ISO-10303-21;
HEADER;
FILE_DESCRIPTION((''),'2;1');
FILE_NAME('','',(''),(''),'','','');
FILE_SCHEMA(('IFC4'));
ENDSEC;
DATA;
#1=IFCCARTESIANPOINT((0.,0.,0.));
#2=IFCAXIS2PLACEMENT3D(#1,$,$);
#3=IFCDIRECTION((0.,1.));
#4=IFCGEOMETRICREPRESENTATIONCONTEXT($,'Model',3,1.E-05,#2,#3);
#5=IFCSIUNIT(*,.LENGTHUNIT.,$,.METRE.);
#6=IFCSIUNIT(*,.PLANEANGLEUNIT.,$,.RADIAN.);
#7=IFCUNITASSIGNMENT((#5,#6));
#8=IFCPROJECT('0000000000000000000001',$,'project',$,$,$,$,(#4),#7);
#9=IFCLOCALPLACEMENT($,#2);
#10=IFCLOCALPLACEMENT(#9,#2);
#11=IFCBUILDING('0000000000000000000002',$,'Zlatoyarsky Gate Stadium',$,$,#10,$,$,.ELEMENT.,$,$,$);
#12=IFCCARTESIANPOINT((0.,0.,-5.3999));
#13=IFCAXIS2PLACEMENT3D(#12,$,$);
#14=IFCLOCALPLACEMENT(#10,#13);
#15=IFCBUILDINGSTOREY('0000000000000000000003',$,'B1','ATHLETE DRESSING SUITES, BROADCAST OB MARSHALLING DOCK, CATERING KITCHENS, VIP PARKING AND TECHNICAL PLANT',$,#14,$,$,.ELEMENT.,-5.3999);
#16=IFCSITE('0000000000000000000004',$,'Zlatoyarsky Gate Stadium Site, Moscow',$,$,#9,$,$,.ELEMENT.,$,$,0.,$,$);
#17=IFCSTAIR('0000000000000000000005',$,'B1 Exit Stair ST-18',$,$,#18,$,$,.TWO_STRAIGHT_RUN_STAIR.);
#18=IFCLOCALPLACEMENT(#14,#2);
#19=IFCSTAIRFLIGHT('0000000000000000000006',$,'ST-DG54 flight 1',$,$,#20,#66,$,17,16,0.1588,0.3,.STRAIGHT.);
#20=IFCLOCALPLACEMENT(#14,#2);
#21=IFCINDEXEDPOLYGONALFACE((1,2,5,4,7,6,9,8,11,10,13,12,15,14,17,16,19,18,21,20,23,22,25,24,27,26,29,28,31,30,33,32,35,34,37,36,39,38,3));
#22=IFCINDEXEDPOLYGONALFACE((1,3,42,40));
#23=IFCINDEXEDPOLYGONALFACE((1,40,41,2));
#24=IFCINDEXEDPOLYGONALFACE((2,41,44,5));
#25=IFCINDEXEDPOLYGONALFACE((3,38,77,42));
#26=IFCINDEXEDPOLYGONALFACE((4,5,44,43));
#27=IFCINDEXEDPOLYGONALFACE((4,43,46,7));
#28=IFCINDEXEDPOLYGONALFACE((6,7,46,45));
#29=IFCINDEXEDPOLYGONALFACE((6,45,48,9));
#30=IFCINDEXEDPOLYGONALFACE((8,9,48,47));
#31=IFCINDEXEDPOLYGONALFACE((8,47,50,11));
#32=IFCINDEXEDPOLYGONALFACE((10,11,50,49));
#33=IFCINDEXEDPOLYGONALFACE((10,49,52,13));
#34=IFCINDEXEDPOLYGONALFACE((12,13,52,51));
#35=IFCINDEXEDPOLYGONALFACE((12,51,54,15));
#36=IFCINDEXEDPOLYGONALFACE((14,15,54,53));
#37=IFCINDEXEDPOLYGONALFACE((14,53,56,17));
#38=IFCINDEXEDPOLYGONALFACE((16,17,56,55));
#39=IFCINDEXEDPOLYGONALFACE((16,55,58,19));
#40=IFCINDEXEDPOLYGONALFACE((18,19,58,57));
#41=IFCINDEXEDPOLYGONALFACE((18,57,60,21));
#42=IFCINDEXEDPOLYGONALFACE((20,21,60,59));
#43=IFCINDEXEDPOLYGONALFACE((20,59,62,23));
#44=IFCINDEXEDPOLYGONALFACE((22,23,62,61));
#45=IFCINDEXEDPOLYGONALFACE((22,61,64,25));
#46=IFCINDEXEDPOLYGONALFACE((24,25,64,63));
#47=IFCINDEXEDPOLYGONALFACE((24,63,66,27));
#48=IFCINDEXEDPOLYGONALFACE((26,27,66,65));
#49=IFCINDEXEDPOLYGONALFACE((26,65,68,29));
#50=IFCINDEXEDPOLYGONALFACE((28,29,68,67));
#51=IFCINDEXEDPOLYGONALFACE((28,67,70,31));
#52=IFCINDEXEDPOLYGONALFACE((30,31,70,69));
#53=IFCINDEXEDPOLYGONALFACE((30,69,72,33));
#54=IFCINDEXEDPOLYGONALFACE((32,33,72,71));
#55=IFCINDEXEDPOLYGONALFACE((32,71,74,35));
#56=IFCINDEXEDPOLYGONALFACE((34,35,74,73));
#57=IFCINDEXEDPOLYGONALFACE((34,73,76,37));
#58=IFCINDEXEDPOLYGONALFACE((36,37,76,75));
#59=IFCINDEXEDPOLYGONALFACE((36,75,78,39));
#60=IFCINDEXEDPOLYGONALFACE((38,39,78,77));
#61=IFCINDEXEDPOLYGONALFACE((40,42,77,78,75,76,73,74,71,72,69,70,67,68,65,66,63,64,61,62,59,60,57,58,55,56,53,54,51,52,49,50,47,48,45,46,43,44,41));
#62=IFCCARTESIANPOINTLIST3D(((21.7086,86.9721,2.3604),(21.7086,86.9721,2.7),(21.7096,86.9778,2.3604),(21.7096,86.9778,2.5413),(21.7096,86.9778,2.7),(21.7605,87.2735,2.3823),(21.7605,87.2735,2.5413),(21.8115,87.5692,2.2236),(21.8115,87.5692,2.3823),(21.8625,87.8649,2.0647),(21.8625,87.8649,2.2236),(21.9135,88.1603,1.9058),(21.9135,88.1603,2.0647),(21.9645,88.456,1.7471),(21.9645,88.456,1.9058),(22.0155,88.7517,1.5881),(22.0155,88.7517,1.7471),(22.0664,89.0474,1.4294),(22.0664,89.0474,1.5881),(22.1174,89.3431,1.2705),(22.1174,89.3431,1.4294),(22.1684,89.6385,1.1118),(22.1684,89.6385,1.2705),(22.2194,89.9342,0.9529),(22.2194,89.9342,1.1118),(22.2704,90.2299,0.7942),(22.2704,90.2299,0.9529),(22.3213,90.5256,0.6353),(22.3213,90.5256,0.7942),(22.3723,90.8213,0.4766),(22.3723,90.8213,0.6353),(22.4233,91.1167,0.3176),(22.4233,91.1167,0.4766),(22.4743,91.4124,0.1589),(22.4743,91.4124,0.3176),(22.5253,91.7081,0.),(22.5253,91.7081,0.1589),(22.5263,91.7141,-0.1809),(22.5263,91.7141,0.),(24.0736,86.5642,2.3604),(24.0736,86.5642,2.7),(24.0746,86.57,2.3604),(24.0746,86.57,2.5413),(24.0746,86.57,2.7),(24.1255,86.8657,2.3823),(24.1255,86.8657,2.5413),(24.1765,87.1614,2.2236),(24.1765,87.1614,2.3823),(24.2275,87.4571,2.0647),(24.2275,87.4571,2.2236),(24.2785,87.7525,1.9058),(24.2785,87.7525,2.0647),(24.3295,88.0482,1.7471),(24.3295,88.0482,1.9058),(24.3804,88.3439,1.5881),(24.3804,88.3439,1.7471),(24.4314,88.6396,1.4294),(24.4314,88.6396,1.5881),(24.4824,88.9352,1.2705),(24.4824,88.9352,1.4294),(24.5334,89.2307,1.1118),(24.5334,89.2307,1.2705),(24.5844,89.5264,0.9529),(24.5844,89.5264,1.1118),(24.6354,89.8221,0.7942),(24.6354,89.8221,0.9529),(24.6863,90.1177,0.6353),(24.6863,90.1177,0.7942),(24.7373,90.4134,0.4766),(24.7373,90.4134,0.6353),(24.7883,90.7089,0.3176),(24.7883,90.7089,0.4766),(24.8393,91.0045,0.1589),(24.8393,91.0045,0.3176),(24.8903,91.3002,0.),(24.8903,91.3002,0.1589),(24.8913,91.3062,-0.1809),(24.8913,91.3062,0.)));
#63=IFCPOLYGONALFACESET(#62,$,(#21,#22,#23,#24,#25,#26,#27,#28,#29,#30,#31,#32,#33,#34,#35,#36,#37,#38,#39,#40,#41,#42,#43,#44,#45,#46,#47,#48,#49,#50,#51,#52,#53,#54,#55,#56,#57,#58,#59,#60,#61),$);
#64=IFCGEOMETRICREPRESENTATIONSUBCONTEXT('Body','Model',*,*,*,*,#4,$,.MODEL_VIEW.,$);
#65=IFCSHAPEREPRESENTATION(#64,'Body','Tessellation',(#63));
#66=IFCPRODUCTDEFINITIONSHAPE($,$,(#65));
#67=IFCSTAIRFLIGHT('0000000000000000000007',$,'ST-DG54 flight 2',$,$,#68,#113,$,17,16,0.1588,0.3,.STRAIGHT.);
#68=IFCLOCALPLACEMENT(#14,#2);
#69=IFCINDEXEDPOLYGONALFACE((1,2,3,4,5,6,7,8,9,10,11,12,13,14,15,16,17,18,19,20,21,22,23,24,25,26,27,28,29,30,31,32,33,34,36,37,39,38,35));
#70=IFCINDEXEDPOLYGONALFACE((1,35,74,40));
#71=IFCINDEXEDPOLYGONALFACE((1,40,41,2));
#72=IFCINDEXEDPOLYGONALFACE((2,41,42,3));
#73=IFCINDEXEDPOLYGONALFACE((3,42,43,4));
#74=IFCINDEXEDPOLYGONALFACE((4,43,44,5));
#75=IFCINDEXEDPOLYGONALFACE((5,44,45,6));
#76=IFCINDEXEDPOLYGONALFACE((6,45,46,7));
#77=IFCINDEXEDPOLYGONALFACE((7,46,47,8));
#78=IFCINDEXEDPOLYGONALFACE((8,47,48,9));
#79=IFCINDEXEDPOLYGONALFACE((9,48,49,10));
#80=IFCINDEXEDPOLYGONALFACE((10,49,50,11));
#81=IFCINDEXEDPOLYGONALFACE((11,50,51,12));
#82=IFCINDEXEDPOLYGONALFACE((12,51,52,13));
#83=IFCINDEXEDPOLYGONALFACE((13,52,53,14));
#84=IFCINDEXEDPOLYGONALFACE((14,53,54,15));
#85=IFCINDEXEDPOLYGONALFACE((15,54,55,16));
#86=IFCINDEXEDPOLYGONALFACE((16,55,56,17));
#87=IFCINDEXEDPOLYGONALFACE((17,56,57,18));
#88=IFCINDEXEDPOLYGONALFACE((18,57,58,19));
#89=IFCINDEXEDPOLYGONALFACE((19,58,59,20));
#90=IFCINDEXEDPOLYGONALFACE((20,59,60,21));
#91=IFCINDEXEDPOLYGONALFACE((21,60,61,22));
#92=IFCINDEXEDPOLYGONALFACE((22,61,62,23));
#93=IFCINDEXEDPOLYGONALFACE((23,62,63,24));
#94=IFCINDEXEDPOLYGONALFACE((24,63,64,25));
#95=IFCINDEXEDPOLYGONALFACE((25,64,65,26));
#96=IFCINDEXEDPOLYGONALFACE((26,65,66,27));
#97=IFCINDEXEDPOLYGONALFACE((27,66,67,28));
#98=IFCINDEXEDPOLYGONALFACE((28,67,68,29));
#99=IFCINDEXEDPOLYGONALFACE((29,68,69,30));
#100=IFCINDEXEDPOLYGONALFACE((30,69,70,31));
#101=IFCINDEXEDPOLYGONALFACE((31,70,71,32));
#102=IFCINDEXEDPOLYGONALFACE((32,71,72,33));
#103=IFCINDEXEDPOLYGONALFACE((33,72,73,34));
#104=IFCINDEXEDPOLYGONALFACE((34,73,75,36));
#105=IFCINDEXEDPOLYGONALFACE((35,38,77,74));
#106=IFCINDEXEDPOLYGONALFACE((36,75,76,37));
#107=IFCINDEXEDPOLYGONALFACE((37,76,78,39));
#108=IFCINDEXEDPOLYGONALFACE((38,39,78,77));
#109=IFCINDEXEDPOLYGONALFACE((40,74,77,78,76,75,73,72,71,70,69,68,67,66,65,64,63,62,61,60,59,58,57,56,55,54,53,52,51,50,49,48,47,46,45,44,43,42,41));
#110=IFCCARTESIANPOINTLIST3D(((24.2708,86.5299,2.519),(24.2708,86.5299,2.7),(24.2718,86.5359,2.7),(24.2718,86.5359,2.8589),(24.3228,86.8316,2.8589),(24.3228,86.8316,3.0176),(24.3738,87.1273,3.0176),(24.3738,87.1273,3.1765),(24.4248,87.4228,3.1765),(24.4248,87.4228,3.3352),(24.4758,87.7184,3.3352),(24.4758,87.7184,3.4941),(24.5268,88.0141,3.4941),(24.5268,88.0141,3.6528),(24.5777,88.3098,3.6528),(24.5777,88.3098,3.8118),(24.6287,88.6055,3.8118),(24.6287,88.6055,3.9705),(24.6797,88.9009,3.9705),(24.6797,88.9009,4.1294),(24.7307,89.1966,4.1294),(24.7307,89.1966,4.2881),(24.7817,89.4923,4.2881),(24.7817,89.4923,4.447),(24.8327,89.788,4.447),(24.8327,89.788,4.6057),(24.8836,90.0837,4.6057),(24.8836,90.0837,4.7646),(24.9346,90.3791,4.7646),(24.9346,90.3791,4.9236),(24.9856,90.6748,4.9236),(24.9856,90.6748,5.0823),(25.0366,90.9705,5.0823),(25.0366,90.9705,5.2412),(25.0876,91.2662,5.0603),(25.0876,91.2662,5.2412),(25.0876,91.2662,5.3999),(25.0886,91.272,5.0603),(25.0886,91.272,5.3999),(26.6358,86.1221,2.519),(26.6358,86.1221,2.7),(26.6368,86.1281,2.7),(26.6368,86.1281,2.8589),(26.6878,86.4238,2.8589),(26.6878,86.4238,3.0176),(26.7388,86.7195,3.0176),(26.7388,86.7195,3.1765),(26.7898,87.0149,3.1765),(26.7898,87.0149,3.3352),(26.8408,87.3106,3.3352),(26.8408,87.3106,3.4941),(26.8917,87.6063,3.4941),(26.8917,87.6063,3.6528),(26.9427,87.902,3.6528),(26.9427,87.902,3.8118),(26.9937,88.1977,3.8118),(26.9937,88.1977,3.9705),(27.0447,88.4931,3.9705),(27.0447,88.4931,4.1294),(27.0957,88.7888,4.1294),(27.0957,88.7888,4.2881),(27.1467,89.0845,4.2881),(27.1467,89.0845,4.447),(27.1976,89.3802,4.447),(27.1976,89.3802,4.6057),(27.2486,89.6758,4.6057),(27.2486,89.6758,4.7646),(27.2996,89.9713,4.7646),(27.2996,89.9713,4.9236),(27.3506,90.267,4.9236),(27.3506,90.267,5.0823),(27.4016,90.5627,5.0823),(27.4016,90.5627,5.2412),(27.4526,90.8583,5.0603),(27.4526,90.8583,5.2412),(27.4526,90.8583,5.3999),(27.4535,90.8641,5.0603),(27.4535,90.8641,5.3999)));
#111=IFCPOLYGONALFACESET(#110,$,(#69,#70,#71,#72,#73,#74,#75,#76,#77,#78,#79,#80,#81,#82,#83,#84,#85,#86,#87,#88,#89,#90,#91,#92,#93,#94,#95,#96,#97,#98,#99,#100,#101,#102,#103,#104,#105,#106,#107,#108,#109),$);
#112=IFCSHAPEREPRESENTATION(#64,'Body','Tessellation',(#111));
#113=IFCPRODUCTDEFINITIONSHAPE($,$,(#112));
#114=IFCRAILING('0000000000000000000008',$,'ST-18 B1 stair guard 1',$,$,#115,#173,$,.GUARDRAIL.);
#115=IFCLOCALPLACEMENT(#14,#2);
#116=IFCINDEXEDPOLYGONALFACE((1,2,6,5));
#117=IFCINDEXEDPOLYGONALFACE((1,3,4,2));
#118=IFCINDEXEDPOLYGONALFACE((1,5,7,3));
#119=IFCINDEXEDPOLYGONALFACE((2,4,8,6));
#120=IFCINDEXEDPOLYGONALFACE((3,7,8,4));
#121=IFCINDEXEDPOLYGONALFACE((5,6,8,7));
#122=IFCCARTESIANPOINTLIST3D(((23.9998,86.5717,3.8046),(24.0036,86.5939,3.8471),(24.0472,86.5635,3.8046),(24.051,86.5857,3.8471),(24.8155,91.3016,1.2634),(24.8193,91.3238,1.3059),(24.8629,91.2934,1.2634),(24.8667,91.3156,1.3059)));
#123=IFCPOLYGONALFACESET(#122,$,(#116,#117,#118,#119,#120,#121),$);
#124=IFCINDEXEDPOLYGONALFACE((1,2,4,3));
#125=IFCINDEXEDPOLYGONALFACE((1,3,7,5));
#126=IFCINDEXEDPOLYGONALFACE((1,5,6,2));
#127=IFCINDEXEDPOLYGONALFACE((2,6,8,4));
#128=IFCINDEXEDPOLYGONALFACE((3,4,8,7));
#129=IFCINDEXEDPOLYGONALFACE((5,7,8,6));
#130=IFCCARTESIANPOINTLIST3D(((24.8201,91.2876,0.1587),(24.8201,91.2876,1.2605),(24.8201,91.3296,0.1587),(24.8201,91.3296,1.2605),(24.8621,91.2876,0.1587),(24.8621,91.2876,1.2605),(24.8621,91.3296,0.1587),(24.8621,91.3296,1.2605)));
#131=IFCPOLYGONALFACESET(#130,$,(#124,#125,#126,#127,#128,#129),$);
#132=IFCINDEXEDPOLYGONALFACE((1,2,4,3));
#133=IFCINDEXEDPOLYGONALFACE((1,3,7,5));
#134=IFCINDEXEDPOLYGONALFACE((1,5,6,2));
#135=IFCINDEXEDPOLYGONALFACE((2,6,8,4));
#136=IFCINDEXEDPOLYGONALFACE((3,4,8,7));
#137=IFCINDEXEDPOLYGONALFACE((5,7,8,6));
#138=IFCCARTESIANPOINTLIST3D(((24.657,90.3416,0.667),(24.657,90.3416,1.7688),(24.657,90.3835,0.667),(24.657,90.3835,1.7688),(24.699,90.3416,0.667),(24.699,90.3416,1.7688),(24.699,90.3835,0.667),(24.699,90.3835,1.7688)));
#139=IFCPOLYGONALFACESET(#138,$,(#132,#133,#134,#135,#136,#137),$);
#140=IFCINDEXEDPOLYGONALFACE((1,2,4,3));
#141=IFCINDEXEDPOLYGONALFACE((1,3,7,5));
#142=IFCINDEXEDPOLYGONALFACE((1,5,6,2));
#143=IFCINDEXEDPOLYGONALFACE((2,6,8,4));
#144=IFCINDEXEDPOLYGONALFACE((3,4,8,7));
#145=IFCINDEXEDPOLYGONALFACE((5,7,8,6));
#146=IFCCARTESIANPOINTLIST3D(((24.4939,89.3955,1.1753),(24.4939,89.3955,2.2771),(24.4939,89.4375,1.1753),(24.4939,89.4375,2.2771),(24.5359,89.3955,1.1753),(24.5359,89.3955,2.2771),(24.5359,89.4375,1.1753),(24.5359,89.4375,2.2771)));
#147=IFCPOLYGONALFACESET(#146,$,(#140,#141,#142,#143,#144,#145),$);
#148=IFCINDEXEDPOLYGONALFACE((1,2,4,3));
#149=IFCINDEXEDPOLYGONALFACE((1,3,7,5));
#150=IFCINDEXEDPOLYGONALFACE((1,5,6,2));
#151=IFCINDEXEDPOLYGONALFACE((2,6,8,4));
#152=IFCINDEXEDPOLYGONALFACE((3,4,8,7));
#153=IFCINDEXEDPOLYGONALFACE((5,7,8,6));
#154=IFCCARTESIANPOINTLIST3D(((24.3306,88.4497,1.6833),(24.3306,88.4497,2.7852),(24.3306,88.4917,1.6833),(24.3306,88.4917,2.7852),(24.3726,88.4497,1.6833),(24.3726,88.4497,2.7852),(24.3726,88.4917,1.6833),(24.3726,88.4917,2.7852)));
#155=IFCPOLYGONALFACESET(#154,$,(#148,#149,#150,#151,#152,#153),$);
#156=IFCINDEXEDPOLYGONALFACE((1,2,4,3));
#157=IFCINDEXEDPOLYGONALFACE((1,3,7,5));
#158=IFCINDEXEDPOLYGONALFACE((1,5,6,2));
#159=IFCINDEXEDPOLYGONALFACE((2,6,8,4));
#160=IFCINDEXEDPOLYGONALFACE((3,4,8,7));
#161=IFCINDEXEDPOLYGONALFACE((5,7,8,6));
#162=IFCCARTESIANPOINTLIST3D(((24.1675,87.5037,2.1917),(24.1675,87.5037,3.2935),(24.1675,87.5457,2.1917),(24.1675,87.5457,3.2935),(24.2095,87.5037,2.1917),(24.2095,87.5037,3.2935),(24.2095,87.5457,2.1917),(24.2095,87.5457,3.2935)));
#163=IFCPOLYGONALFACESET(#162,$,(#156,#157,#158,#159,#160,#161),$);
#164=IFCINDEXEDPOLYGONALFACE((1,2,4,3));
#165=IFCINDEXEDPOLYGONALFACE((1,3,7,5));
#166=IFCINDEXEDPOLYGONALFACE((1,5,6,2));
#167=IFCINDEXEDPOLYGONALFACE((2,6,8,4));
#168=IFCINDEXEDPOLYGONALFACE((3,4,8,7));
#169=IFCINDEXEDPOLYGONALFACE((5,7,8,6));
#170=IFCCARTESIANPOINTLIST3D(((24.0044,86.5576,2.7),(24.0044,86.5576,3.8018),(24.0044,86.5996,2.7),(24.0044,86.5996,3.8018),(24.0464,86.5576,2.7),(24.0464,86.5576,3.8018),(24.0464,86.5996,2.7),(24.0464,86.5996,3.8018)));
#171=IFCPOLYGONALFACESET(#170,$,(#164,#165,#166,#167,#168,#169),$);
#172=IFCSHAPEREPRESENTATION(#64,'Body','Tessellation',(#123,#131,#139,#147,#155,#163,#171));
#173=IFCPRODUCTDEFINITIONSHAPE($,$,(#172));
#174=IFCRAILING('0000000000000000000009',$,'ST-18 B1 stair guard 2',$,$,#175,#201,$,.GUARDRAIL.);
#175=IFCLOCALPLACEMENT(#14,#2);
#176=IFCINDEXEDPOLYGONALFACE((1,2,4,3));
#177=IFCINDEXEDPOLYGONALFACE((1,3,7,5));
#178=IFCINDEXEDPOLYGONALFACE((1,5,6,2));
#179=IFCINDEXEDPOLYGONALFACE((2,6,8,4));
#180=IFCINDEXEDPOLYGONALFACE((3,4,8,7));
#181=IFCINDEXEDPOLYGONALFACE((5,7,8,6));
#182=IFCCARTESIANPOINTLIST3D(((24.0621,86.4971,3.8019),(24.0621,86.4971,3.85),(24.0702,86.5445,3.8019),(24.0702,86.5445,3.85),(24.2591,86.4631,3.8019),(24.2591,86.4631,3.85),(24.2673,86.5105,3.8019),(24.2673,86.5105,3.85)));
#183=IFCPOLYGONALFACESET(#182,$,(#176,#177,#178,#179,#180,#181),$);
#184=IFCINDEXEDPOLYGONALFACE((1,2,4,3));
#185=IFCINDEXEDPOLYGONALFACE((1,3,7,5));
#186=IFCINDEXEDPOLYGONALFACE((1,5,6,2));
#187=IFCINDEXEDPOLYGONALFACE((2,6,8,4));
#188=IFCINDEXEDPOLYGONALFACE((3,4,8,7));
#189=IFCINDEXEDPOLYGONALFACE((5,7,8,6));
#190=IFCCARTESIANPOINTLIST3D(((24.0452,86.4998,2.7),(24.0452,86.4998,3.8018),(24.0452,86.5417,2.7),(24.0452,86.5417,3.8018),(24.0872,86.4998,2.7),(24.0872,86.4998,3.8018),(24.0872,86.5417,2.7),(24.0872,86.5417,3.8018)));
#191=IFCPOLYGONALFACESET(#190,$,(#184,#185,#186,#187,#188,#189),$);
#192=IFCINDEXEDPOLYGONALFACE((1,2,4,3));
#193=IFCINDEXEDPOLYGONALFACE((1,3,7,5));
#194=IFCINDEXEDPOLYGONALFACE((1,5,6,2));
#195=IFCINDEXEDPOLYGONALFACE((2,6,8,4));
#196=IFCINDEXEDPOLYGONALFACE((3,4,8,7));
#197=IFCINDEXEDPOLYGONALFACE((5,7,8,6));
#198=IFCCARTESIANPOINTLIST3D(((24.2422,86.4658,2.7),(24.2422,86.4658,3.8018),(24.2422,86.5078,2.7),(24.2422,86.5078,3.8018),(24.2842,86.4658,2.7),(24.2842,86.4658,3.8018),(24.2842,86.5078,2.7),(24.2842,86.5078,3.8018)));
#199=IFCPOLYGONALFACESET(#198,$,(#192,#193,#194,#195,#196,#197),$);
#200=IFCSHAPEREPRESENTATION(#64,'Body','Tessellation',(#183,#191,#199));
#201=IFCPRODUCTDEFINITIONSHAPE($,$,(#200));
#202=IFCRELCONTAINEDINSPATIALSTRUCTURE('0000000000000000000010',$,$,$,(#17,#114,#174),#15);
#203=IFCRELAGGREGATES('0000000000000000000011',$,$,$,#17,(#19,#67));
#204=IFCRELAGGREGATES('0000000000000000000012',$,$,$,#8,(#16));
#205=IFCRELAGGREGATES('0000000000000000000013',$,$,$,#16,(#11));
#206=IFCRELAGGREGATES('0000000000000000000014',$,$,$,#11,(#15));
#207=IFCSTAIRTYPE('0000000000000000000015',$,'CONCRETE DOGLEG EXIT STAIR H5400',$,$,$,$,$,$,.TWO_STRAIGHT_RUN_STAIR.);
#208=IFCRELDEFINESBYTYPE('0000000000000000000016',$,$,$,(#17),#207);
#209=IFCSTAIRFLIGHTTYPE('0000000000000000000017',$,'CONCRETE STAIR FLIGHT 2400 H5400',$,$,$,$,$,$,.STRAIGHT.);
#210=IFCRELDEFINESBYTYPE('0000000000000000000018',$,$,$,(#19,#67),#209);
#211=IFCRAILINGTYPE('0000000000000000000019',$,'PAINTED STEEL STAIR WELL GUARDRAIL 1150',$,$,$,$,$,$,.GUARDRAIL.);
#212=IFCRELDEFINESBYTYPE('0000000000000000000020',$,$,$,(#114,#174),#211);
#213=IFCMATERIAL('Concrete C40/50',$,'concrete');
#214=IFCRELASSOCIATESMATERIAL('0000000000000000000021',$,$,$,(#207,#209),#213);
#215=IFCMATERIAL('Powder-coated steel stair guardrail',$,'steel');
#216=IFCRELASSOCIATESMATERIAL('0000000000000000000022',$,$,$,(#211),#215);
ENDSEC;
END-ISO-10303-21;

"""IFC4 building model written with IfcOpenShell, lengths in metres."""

from ifc_helpers import new_model, si_unit, direction, frame, origin, origin_2d, place, context, subcontext, project, spatial, polyline, rectangle, outline, extrude, material, type_object, element, aggregate, save


model = new_model("IFC4")

# Units and contexts
model_context = context("Model", 3, precision=1e-05, world=origin(), true_north=direction((0.0, 1.0)))
body_context = subcontext(model_context, "Body", "Model", "MODEL_VIEW")
ifc_project = project(units=[si_unit("LENGTHUNIT", "METRE"), si_unit("PLANEANGLEUNIT", "RADIAN")], contexts=[model_context])

# Site, building, storey
site_placement = place(None, origin())
site = spatial("IfcSite", under=ifc_project, at=site_placement, Name="Zlatoyarsky Gate Stadium Site, Moscow", CompositionType="ELEMENT", RefElevation=0.0)
building_placement = place(site_placement, origin())
building = spatial("IfcBuilding", under=site, at=building_placement, Name="Zlatoyarsky Gate Stadium", CompositionType="ELEMENT")
storey_placement = place(building_placement, frame((0.0, 0.0, -5.3999)))
storey = spatial("IfcBuildingStorey", under=building, at=storey_placement, Name="B1", Description="ATHLETE DRESSING SUITES, BROADCAST OB MARSHALLING DOCK, CATERING KITCHENS, VIP PARKING AND TECHNICAL PLANT", CompositionType="ELEMENT", Elevation=-5.3999)

# Shared definitions
ifc_material_1 = material(Name="Concrete C40/50", Category="concrete")

# Stair, stair flights
stair_type = type_object("IfcStairType", Name="CONCRETE DOGLEG EXIT STAIR H5400", PredefinedType="TWO_STRAIGHT_RUN_STAIR", material=ifc_material_1)
stair_placement = place(storey_placement, origin())
stair = element("IfcStair", 1, at=stair_placement, inside=storey, type_object=stair_type, Name="B1 Exit Stair ST-18", PredefinedType="TWO_STRAIGHT_RUN_STAIR")
stair_flight_type = type_object("IfcStairFlightType", Name="CONCRETE STAIR FLIGHT 2400 H5400", PredefinedType="STRAIGHT", material=ifc_material_1)
stair_flight_1_placement = place(storey_placement, frame((23.7078, 91.5042, 0.0), z_axis=(0.0, 0.0, 1.0), x_axis=(-0.169938, -0.985455, 0.0)))
stair_flight_1 = element("IfcStairFlight", 2, at=stair_flight_1_placement, type_object=stair_flight_type, Name="ST-DG54 flight 1", NumberOfRisers=17, NumberOfTreads=16, PredefinedType="STRAIGHT", RiserHeight=0.1588, TreadLength=0.3, context=body_context, shape_type="SweptSolid", body=[
    extrude(outline(polyline([(-0.0061, -0.1809), (-0.0061, 0.0), (0.0, 0.0), (0.0, 0.1589), (0.3, 0.1589), (0.3, 0.3176), (0.6001, 0.3176), (0.6001, 0.4766), (0.8999, 0.4766), (0.8999, 0.6353), (1.2, 0.6353), (1.2, 0.7942), (1.5, 0.7942), (1.5, 0.9529), (1.8, 0.9529), (1.8, 1.1118), (2.1001, 1.1118), (2.1001, 1.2705), (2.3999, 1.2705), (2.3999, 1.4294), (2.7, 1.4294), (2.7, 1.5881), (3.0, 1.5881), (3.0, 1.7471), (3.3, 1.7471), (3.3, 1.9058), (3.6001, 1.9058), (3.6001, 2.0647), (3.8999, 2.0647), (3.8999, 2.2236), (4.2, 2.2236), (4.2, 2.3823), (4.5, 2.3823), (4.5, 2.5413), (4.8, 2.5413), (4.8, 2.7), (4.8059, 2.7), (4.8059, 2.3604), (4.8, 2.3604), (-0.0061, -0.1809)])), frame((0.0, 1.2, 0.0), z_axis=(0.0, -1.0, 0.0), x_axis=(1.0, 0.0, 0.0)), (0.0, 0.0, 1.0), 2.3999),
])
stair_flight_2_placement = place(storey_placement, frame((25.4543, 86.332, 2.7), z_axis=(0.0, 0.0, 1.0), x_axis=(0.169938, 0.985455, 0.0)))
stair_flight_2 = element("IfcStairFlight", 3, at=stair_flight_2_placement, type_object=stair_flight_type, Name="ST-DG54 flight 2", NumberOfRisers=17, NumberOfTreads=16, PredefinedType="STRAIGHT", RiserHeight=0.1588, TreadLength=0.3, context=body_context, shape_type="SweptSolid", body=[
    extrude(outline(polyline([(-0.0061, -0.1809), (-0.0061, 0.0), (0.0, 0.0), (0.0, 0.1589), (0.3, 0.1589), (0.3, 0.3176), (0.6001, 0.3176), (0.6001, 0.4766), (0.8999, 0.4766), (0.8999, 0.6353), (1.2, 0.6353), (1.2, 0.7942), (1.5, 0.7942), (1.5, 0.9529), (1.8, 0.9529), (1.8, 1.1118), (2.1001, 1.1118), (2.1001, 1.2705), (2.3999, 1.2705), (2.3999, 1.4294), (2.7, 1.4294), (2.7, 1.5881), (3.0, 1.5881), (3.0, 1.7471), (3.3, 1.7471), (3.3, 1.9058), (3.6001, 1.9058), (3.6001, 2.0647), (3.8999, 2.0647), (3.8999, 2.2236), (4.2, 2.2236), (4.2, 2.3823), (4.5, 2.3823), (4.5, 2.5413), (4.8, 2.5413), (4.8, 2.7), (4.8059, 2.7), (4.8059, 2.3604), (4.8, 2.3604), (-0.0061, -0.1809)])), frame((0.0, 1.2, 0.0), z_axis=(0.0, -1.0, 0.0), x_axis=(1.0, 0.0, 0.0)), (0.0, 0.0, 1.0), 2.3999),
])
aggregate(stair, [stair_flight_1, stair_flight_2])

# Railings
ifc_material_2 = material(Name="Powder-coated steel stair guardrail", Category="steel")
railing_type_1 = type_object("IfcRailingType", Name="PAINTED STEEL STAIR WELL GUARDRAIL 1150", PredefinedType="GUARDRAIL", material=ifc_material_2)
railing_1_placement = place(storey_placement, frame((24.8411, 91.3086, 0.1587)))
element("IfcRailing", 4, at=railing_1_placement, inside=storey, type_object=railing_type_1, Name="ST-18 B1 stair guard 1", PredefinedType="GUARDRAIL", context=body_context, shape_type="SweptSolid", body=[
    extrude(rectangle(XDim=0.0481, YDim=0.0481, at=origin_2d()), frame((0.0, 0.0, 1.126), z_axis=(-0.150188, -0.870918, 0.467915), x_axis=(0.985455, -0.169939, 0.0)), (0.0, 0.0, 1.0), 5.4309),
    extrude(rectangle(XDim=0.042, YDim=0.042, at=origin_2d()), origin(), (0.0, 0.0, 1.0), 1.1018),
    extrude(rectangle(XDim=0.042, YDim=0.042, at=origin_2d()), frame((-0.1631, -0.946, 0.5083)), (0.0, 0.0, 1.0), 1.1018),
    extrude(rectangle(XDim=0.042, YDim=0.042, at=origin_2d()), frame((-0.3262, -1.8921, 1.0166)), (0.0, 0.0, 1.0), 1.1018),
    extrude(rectangle(XDim=0.042, YDim=0.042, at=origin_2d()), frame((-0.4895, -2.8379, 1.5247)), (0.0, 0.0, 1.0), 1.1018),
    extrude(rectangle(XDim=0.042, YDim=0.042, at=origin_2d()), frame((-0.6526, -3.7839, 2.033)), (0.0, 0.0, 1.0), 1.1018),
    extrude(rectangle(XDim=0.042, YDim=0.042, at=origin_2d()), frame((-0.8157, -4.73, 2.5413)), (0.0, 0.0, 1.0), 1.1018),
])
railing_2_placement = place(storey_placement, frame((24.0662, 86.5208, 2.7)))
element("IfcRailing", 5, at=railing_2_placement, inside=storey, type_object=railing_type_1, Name="ST-18 B1 stair guard 2", PredefinedType="GUARDRAIL", context=body_context, shape_type="SweptSolid", body=[
    extrude(rectangle(XDim=0.0481, YDim=0.0481, at=origin_2d()), frame((0.0, 0.0, 1.126), z_axis=(0.985488, -0.169743, 0.0), x_axis=(0.169743, 0.985488, 0.0)), (0.0, 0.0, 1.0), 0.2),
    extrude(rectangle(XDim=0.042, YDim=0.042, at=origin_2d()), origin(), (0.0, 0.0, 1.0), 1.1018),
    extrude(rectangle(XDim=0.042, YDim=0.042, at=origin_2d()), frame((0.197, -0.0339, 0.0)), (0.0, 0.0, 1.0), 1.1018),
])

save(model, "model.ifc")
